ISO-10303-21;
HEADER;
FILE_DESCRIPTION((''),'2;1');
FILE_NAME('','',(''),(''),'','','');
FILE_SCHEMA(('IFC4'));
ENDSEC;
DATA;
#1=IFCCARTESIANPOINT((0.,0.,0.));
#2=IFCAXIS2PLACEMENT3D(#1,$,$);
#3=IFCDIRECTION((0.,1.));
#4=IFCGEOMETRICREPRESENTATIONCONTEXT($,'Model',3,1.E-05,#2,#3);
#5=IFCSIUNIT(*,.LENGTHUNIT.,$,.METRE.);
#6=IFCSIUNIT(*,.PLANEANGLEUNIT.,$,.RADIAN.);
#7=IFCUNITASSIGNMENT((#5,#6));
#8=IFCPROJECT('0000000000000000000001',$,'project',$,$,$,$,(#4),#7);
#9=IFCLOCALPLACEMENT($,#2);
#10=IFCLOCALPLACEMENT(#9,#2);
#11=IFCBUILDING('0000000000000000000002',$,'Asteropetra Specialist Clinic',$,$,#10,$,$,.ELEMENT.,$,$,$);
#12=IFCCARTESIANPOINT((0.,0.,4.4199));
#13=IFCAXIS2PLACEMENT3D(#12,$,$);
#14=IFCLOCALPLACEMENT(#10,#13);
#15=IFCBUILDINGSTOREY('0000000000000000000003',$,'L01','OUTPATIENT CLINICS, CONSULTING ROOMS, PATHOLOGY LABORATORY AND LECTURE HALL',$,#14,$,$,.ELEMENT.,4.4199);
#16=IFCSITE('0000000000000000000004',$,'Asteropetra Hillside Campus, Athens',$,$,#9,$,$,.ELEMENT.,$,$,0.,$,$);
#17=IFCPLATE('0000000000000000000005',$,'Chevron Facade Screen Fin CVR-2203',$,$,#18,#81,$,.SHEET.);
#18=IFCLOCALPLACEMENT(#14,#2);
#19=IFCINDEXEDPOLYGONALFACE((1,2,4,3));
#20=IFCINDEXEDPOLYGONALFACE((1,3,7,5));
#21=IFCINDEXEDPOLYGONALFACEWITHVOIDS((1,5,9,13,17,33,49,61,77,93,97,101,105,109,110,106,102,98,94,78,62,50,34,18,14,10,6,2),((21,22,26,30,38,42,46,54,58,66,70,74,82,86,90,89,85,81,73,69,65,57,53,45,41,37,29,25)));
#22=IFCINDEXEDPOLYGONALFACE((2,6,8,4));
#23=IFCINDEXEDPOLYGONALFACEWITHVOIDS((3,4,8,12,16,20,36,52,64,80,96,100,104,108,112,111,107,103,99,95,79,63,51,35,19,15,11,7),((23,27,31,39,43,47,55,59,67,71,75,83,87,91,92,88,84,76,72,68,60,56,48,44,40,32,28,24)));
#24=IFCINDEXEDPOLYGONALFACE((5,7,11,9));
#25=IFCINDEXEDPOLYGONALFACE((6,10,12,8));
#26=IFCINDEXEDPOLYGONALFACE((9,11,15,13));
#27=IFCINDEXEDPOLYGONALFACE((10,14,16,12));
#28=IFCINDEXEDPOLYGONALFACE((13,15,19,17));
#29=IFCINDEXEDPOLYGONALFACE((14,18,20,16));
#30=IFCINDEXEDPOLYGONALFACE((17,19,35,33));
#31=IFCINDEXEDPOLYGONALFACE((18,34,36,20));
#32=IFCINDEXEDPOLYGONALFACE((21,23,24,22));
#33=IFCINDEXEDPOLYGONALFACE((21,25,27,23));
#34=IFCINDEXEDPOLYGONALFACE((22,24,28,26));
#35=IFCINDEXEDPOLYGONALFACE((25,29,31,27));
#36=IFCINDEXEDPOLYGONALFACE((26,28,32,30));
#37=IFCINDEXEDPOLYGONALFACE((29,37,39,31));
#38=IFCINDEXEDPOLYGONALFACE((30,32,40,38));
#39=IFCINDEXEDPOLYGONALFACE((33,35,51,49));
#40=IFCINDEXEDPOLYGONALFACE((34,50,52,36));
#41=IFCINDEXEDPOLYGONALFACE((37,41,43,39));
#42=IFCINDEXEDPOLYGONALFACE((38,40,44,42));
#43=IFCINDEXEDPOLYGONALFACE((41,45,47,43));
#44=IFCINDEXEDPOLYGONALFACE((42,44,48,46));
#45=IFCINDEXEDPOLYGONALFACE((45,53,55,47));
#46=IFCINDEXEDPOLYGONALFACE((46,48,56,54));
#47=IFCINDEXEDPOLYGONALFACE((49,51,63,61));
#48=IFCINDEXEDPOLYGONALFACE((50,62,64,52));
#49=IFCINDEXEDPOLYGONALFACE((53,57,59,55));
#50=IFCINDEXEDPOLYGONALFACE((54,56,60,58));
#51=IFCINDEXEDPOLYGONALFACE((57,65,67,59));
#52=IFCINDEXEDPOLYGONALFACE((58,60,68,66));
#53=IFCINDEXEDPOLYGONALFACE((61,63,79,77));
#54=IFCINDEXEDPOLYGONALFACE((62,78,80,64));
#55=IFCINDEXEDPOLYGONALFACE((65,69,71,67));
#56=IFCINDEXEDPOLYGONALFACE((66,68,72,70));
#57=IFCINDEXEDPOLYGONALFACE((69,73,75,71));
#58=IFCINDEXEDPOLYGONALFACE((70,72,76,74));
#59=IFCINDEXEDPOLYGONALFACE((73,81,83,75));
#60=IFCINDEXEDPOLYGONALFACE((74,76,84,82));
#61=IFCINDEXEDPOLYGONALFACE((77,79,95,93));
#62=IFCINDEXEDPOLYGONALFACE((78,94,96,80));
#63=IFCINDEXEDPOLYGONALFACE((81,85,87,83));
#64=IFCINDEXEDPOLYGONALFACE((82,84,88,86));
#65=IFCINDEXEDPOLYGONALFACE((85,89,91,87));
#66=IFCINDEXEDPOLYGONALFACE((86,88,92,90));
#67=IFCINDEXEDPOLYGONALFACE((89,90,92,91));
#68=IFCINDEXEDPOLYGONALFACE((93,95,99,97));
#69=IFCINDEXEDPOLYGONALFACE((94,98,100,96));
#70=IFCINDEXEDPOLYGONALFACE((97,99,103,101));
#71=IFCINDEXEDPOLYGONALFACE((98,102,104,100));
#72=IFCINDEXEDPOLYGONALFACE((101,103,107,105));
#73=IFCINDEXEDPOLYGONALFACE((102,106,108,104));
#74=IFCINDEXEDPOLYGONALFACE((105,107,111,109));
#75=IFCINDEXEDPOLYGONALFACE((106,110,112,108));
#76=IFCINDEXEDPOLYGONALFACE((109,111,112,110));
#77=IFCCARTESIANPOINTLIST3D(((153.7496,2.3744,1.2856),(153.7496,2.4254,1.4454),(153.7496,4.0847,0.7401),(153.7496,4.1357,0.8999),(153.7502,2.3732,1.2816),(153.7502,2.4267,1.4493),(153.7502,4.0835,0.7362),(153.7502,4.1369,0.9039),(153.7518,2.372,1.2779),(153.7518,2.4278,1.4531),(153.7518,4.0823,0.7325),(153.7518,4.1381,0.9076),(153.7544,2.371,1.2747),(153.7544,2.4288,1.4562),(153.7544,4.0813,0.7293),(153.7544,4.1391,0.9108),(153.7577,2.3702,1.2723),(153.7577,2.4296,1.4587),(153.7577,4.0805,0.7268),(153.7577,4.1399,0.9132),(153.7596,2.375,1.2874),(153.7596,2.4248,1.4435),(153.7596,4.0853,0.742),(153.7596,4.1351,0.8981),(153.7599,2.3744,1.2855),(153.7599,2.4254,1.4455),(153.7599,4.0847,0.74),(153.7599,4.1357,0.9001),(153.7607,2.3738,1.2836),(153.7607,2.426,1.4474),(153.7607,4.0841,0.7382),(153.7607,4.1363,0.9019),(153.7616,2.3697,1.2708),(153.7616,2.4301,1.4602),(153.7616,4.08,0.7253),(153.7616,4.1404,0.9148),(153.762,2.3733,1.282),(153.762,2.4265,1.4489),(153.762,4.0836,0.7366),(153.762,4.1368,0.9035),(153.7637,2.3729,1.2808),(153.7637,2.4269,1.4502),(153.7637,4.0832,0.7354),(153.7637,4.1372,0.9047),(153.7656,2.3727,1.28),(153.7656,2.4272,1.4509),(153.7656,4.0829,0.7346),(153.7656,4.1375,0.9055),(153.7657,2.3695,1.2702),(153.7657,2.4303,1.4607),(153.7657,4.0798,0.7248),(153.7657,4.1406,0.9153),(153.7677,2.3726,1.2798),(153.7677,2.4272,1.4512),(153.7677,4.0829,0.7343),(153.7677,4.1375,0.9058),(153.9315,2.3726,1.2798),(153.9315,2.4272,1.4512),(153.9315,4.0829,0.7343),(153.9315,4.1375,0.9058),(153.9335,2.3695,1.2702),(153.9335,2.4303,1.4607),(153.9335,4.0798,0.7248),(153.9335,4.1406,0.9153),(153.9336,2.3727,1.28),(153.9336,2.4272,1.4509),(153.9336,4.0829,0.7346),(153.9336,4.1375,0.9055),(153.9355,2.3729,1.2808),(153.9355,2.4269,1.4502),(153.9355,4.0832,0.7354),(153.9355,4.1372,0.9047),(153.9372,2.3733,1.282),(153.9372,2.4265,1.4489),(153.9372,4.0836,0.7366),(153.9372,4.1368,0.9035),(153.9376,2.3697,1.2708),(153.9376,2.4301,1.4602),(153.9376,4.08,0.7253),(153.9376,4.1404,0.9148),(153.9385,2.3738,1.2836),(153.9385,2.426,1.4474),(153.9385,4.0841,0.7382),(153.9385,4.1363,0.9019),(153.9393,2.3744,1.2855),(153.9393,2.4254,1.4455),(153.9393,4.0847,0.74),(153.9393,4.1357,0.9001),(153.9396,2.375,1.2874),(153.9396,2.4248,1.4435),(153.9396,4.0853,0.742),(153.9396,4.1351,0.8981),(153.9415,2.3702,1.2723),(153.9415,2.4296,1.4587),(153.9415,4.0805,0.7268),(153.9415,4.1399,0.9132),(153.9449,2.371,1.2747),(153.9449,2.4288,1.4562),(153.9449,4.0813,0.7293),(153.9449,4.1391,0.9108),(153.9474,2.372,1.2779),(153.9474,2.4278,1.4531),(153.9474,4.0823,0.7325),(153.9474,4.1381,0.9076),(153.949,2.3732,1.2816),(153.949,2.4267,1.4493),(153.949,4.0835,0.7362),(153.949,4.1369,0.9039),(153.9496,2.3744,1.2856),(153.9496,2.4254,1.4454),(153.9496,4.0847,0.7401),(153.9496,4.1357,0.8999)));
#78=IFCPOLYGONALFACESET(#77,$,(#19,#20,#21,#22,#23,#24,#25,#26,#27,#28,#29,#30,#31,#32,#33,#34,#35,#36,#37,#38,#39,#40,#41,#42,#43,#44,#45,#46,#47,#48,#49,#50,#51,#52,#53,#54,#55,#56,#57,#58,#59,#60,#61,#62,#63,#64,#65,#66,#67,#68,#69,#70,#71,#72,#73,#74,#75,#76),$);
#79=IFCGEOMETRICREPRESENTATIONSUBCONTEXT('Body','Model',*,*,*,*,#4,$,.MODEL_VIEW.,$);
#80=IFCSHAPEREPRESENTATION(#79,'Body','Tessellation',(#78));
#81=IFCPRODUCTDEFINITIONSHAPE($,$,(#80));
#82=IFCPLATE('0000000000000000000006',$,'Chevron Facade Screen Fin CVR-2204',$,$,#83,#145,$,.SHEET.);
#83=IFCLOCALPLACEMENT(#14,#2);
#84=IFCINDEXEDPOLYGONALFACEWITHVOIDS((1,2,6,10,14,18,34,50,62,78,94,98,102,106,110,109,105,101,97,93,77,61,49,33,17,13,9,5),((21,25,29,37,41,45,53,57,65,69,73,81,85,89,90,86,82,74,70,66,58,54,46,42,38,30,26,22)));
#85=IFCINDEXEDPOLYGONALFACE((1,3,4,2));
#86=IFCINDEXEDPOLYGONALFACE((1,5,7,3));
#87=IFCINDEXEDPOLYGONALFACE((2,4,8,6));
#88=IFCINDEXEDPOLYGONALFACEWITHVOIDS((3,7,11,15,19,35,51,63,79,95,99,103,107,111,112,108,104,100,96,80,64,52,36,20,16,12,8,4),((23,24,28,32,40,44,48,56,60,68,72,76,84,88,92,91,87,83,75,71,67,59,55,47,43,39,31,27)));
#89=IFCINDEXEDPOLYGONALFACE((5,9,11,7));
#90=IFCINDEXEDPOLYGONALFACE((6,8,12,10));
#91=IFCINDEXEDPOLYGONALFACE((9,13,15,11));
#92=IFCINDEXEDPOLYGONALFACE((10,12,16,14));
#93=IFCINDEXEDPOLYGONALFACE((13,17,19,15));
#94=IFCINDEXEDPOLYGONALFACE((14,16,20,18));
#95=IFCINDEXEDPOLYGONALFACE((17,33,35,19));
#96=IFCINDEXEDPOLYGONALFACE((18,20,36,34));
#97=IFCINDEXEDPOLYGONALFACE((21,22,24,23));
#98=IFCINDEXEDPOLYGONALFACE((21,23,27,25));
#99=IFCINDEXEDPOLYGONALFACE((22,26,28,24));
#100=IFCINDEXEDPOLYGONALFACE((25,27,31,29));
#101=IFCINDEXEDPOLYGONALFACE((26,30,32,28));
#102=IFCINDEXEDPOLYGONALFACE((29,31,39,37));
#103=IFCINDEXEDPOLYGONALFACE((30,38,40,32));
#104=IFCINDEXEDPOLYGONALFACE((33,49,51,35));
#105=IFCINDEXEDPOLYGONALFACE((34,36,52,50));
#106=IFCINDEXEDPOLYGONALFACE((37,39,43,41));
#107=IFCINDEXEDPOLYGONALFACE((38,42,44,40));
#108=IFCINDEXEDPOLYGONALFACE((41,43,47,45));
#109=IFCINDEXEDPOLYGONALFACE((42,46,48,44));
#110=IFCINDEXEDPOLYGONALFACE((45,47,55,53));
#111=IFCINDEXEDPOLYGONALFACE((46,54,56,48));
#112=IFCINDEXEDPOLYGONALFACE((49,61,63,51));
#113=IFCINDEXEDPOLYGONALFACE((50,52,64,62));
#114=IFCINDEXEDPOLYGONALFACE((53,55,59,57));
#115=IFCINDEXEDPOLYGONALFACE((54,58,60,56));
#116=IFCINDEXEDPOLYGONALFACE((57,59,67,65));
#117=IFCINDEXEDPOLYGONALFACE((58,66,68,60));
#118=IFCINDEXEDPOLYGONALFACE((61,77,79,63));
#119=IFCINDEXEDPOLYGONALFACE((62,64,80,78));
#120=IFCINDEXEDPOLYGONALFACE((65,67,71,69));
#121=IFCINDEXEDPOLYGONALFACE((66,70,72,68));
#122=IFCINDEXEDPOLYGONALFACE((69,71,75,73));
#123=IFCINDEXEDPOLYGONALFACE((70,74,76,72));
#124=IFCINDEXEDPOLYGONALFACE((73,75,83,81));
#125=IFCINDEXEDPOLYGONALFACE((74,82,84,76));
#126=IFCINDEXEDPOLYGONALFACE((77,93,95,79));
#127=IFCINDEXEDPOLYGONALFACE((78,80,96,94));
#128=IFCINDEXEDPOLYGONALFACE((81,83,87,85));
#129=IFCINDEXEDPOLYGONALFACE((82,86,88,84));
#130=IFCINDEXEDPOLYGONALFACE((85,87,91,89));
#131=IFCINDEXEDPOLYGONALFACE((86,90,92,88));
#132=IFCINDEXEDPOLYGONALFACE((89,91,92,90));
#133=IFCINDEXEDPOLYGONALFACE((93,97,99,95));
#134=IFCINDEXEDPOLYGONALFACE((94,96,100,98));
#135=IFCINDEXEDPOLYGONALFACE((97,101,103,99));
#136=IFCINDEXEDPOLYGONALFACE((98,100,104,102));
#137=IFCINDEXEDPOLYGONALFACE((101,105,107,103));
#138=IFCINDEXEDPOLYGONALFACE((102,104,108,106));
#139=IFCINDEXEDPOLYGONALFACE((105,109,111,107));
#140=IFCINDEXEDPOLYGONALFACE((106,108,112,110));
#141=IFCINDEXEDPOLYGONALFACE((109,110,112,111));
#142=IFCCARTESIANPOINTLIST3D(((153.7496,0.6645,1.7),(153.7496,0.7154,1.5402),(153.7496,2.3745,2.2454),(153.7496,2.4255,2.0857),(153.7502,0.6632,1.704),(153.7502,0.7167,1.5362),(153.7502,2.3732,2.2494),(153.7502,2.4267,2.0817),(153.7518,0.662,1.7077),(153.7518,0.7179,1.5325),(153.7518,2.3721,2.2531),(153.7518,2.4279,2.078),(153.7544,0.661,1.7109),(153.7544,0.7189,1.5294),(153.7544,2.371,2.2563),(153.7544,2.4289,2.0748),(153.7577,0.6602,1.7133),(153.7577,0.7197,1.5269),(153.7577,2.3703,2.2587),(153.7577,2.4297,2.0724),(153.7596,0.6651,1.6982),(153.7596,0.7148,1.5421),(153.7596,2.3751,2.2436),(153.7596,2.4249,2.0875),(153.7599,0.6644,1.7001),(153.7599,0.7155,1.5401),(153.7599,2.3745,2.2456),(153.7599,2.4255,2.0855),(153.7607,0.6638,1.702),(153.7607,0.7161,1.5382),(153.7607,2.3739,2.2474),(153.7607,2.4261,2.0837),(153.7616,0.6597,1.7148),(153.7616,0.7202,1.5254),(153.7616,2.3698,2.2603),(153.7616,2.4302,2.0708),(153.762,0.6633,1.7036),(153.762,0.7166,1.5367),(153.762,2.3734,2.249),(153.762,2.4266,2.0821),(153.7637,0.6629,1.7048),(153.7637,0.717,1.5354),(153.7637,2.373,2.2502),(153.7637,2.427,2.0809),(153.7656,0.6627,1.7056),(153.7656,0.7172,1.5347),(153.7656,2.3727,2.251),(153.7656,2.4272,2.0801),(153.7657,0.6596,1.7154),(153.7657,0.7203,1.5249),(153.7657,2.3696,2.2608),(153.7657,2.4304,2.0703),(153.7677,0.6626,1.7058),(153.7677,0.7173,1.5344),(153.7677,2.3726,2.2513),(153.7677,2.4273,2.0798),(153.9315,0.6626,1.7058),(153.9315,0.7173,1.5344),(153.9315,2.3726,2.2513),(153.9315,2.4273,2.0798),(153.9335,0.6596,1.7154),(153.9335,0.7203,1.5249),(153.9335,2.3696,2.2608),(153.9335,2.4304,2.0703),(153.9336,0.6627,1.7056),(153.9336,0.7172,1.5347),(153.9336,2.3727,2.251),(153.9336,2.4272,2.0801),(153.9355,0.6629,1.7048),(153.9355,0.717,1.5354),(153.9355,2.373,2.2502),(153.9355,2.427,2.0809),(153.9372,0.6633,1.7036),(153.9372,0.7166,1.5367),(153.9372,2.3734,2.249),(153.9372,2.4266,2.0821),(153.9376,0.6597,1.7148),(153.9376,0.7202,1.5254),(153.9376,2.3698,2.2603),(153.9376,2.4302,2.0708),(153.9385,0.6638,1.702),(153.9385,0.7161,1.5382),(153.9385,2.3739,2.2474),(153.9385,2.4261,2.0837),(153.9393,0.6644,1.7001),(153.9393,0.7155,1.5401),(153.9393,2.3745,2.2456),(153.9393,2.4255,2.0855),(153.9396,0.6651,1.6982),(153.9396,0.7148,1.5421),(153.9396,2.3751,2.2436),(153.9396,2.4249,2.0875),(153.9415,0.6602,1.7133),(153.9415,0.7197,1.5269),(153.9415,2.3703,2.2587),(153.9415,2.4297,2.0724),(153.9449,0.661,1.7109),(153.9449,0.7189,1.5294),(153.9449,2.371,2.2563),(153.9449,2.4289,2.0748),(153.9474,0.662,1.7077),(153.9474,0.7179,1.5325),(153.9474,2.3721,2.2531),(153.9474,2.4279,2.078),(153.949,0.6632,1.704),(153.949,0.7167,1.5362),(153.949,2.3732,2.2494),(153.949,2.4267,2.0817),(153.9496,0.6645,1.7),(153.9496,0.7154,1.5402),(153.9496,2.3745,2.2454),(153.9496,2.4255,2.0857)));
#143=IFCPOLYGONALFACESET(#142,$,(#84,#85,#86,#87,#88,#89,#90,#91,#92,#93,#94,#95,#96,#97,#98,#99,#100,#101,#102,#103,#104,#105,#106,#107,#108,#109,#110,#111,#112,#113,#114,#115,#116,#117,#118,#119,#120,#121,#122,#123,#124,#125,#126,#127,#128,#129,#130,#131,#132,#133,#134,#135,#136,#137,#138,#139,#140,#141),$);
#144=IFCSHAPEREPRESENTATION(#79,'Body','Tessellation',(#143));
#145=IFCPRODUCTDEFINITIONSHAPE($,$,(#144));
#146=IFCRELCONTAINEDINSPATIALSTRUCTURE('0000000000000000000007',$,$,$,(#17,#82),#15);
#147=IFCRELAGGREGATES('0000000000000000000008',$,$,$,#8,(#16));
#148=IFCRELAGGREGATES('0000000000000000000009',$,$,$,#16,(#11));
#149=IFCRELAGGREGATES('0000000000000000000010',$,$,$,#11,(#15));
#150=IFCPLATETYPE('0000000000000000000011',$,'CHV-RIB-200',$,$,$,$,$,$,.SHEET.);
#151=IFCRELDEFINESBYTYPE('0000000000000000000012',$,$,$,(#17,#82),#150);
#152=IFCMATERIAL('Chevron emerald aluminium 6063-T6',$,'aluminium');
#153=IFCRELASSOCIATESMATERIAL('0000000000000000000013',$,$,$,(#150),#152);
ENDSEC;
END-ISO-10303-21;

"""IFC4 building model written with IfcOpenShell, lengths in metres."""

from ifc_helpers import new_model, si_unit, direction, frame, origin, origin_2d, place, context, subcontext, project, spatial, hollow_rectangle, extrude, material, material_profile, profile_set, type_object, element, save


model = new_model("IFC4")

# Units and contexts
model_context = context("Model", 3, precision=1e-05, world=origin(), true_north=direction((0.0, 1.0)))
body_context = subcontext(model_context, "Body", "Model", "MODEL_VIEW")
ifc_project = project(units=[si_unit("LENGTHUNIT", "METRE"), si_unit("PLANEANGLEUNIT", "RADIAN")], contexts=[model_context])

# Site, building, storey
site_placement = place(None, origin())
site = spatial("IfcSite", under=ifc_project, at=site_placement, Name="Asteropetra Hillside Campus, Athens", CompositionType="ELEMENT", RefElevation=0.0)
building_placement = place(site_placement, origin())
building = spatial("IfcBuilding", under=site, at=building_placement, Name="Asteropetra Specialist Clinic", CompositionType="ELEMENT")
storey_placement = place(building_placement, frame((0.0, 0.0, 4.4199)))
storey = spatial("IfcBuildingStorey", under=building, at=storey_placement, Name="L01", Description="OUTPATIENT CLINICS, CONSULTING ROOMS, PATHOLOGY LABORATORY AND LECTURE HALL", CompositionType="ELEMENT", Elevation=4.4199)

# Plates
ifc_material_1 = material(Name="Chevron emerald aluminium 6063-T6", Category="aluminium")
ifc_material_profile_1 = material_profile(ifc_material_1, hollow_rectangle(XDim=0.2, YDim=0.2, WallThickness=0.01, InnerFilletRadius=0.0081, OuterFilletRadius=0.0161, at=origin_2d()), Name="SHS 200x200x10.0")
ifc_profile_set_1 = profile_set([ifc_material_profile_1], Name="Chevron emerald aluminium 6063-T6")
plate_type = type_object("IfcPlateType", Name="CHV-RIB-200", PredefinedType="SHEET", material=ifc_profile_set_1)
plate_1_placement = place(storey_placement, frame((153.8496, 2.3999, 1.3655), z_axis=(0.0, 0.952724, -0.303838), x_axis=(-1.0, 0.0, 0.0)))
element("IfcPlate", 1, at=plate_1_placement, inside=storey, type_object=plate_type, Name="Chevron Facade Screen Fin CVR-2203", PredefinedType="SHEET", context=body_context, shape_type="SweptSolid", body=[
    extrude(hollow_rectangle(XDim=0.2, YDim=0.2, WallThickness=0.01, InnerFilletRadius=0.0081, OuterFilletRadius=0.0161, at=origin_2d()), origin(), (0.0, 0.0, 1.0), 1.7952),
])
plate_2_placement = place(storey_placement, frame((153.8496, 0.6899, 1.6201), z_axis=(0.0, 0.952711, 0.303877), x_axis=(-1.0, 0.0, 0.0)))
element("IfcPlate", 2, at=plate_2_placement, inside=storey, type_object=plate_type, Name="Chevron Facade Screen Fin CVR-2204", PredefinedType="SHEET", context=body_context, shape_type="SweptSolid", body=[
    extrude(hollow_rectangle(XDim=0.2, YDim=0.2, WallThickness=0.01, InnerFilletRadius=0.0081, OuterFilletRadius=0.0161, at=origin_2d()), origin(), (0.0, 0.0, 1.0), 1.7949),
])

save(model, "model.ifc")
